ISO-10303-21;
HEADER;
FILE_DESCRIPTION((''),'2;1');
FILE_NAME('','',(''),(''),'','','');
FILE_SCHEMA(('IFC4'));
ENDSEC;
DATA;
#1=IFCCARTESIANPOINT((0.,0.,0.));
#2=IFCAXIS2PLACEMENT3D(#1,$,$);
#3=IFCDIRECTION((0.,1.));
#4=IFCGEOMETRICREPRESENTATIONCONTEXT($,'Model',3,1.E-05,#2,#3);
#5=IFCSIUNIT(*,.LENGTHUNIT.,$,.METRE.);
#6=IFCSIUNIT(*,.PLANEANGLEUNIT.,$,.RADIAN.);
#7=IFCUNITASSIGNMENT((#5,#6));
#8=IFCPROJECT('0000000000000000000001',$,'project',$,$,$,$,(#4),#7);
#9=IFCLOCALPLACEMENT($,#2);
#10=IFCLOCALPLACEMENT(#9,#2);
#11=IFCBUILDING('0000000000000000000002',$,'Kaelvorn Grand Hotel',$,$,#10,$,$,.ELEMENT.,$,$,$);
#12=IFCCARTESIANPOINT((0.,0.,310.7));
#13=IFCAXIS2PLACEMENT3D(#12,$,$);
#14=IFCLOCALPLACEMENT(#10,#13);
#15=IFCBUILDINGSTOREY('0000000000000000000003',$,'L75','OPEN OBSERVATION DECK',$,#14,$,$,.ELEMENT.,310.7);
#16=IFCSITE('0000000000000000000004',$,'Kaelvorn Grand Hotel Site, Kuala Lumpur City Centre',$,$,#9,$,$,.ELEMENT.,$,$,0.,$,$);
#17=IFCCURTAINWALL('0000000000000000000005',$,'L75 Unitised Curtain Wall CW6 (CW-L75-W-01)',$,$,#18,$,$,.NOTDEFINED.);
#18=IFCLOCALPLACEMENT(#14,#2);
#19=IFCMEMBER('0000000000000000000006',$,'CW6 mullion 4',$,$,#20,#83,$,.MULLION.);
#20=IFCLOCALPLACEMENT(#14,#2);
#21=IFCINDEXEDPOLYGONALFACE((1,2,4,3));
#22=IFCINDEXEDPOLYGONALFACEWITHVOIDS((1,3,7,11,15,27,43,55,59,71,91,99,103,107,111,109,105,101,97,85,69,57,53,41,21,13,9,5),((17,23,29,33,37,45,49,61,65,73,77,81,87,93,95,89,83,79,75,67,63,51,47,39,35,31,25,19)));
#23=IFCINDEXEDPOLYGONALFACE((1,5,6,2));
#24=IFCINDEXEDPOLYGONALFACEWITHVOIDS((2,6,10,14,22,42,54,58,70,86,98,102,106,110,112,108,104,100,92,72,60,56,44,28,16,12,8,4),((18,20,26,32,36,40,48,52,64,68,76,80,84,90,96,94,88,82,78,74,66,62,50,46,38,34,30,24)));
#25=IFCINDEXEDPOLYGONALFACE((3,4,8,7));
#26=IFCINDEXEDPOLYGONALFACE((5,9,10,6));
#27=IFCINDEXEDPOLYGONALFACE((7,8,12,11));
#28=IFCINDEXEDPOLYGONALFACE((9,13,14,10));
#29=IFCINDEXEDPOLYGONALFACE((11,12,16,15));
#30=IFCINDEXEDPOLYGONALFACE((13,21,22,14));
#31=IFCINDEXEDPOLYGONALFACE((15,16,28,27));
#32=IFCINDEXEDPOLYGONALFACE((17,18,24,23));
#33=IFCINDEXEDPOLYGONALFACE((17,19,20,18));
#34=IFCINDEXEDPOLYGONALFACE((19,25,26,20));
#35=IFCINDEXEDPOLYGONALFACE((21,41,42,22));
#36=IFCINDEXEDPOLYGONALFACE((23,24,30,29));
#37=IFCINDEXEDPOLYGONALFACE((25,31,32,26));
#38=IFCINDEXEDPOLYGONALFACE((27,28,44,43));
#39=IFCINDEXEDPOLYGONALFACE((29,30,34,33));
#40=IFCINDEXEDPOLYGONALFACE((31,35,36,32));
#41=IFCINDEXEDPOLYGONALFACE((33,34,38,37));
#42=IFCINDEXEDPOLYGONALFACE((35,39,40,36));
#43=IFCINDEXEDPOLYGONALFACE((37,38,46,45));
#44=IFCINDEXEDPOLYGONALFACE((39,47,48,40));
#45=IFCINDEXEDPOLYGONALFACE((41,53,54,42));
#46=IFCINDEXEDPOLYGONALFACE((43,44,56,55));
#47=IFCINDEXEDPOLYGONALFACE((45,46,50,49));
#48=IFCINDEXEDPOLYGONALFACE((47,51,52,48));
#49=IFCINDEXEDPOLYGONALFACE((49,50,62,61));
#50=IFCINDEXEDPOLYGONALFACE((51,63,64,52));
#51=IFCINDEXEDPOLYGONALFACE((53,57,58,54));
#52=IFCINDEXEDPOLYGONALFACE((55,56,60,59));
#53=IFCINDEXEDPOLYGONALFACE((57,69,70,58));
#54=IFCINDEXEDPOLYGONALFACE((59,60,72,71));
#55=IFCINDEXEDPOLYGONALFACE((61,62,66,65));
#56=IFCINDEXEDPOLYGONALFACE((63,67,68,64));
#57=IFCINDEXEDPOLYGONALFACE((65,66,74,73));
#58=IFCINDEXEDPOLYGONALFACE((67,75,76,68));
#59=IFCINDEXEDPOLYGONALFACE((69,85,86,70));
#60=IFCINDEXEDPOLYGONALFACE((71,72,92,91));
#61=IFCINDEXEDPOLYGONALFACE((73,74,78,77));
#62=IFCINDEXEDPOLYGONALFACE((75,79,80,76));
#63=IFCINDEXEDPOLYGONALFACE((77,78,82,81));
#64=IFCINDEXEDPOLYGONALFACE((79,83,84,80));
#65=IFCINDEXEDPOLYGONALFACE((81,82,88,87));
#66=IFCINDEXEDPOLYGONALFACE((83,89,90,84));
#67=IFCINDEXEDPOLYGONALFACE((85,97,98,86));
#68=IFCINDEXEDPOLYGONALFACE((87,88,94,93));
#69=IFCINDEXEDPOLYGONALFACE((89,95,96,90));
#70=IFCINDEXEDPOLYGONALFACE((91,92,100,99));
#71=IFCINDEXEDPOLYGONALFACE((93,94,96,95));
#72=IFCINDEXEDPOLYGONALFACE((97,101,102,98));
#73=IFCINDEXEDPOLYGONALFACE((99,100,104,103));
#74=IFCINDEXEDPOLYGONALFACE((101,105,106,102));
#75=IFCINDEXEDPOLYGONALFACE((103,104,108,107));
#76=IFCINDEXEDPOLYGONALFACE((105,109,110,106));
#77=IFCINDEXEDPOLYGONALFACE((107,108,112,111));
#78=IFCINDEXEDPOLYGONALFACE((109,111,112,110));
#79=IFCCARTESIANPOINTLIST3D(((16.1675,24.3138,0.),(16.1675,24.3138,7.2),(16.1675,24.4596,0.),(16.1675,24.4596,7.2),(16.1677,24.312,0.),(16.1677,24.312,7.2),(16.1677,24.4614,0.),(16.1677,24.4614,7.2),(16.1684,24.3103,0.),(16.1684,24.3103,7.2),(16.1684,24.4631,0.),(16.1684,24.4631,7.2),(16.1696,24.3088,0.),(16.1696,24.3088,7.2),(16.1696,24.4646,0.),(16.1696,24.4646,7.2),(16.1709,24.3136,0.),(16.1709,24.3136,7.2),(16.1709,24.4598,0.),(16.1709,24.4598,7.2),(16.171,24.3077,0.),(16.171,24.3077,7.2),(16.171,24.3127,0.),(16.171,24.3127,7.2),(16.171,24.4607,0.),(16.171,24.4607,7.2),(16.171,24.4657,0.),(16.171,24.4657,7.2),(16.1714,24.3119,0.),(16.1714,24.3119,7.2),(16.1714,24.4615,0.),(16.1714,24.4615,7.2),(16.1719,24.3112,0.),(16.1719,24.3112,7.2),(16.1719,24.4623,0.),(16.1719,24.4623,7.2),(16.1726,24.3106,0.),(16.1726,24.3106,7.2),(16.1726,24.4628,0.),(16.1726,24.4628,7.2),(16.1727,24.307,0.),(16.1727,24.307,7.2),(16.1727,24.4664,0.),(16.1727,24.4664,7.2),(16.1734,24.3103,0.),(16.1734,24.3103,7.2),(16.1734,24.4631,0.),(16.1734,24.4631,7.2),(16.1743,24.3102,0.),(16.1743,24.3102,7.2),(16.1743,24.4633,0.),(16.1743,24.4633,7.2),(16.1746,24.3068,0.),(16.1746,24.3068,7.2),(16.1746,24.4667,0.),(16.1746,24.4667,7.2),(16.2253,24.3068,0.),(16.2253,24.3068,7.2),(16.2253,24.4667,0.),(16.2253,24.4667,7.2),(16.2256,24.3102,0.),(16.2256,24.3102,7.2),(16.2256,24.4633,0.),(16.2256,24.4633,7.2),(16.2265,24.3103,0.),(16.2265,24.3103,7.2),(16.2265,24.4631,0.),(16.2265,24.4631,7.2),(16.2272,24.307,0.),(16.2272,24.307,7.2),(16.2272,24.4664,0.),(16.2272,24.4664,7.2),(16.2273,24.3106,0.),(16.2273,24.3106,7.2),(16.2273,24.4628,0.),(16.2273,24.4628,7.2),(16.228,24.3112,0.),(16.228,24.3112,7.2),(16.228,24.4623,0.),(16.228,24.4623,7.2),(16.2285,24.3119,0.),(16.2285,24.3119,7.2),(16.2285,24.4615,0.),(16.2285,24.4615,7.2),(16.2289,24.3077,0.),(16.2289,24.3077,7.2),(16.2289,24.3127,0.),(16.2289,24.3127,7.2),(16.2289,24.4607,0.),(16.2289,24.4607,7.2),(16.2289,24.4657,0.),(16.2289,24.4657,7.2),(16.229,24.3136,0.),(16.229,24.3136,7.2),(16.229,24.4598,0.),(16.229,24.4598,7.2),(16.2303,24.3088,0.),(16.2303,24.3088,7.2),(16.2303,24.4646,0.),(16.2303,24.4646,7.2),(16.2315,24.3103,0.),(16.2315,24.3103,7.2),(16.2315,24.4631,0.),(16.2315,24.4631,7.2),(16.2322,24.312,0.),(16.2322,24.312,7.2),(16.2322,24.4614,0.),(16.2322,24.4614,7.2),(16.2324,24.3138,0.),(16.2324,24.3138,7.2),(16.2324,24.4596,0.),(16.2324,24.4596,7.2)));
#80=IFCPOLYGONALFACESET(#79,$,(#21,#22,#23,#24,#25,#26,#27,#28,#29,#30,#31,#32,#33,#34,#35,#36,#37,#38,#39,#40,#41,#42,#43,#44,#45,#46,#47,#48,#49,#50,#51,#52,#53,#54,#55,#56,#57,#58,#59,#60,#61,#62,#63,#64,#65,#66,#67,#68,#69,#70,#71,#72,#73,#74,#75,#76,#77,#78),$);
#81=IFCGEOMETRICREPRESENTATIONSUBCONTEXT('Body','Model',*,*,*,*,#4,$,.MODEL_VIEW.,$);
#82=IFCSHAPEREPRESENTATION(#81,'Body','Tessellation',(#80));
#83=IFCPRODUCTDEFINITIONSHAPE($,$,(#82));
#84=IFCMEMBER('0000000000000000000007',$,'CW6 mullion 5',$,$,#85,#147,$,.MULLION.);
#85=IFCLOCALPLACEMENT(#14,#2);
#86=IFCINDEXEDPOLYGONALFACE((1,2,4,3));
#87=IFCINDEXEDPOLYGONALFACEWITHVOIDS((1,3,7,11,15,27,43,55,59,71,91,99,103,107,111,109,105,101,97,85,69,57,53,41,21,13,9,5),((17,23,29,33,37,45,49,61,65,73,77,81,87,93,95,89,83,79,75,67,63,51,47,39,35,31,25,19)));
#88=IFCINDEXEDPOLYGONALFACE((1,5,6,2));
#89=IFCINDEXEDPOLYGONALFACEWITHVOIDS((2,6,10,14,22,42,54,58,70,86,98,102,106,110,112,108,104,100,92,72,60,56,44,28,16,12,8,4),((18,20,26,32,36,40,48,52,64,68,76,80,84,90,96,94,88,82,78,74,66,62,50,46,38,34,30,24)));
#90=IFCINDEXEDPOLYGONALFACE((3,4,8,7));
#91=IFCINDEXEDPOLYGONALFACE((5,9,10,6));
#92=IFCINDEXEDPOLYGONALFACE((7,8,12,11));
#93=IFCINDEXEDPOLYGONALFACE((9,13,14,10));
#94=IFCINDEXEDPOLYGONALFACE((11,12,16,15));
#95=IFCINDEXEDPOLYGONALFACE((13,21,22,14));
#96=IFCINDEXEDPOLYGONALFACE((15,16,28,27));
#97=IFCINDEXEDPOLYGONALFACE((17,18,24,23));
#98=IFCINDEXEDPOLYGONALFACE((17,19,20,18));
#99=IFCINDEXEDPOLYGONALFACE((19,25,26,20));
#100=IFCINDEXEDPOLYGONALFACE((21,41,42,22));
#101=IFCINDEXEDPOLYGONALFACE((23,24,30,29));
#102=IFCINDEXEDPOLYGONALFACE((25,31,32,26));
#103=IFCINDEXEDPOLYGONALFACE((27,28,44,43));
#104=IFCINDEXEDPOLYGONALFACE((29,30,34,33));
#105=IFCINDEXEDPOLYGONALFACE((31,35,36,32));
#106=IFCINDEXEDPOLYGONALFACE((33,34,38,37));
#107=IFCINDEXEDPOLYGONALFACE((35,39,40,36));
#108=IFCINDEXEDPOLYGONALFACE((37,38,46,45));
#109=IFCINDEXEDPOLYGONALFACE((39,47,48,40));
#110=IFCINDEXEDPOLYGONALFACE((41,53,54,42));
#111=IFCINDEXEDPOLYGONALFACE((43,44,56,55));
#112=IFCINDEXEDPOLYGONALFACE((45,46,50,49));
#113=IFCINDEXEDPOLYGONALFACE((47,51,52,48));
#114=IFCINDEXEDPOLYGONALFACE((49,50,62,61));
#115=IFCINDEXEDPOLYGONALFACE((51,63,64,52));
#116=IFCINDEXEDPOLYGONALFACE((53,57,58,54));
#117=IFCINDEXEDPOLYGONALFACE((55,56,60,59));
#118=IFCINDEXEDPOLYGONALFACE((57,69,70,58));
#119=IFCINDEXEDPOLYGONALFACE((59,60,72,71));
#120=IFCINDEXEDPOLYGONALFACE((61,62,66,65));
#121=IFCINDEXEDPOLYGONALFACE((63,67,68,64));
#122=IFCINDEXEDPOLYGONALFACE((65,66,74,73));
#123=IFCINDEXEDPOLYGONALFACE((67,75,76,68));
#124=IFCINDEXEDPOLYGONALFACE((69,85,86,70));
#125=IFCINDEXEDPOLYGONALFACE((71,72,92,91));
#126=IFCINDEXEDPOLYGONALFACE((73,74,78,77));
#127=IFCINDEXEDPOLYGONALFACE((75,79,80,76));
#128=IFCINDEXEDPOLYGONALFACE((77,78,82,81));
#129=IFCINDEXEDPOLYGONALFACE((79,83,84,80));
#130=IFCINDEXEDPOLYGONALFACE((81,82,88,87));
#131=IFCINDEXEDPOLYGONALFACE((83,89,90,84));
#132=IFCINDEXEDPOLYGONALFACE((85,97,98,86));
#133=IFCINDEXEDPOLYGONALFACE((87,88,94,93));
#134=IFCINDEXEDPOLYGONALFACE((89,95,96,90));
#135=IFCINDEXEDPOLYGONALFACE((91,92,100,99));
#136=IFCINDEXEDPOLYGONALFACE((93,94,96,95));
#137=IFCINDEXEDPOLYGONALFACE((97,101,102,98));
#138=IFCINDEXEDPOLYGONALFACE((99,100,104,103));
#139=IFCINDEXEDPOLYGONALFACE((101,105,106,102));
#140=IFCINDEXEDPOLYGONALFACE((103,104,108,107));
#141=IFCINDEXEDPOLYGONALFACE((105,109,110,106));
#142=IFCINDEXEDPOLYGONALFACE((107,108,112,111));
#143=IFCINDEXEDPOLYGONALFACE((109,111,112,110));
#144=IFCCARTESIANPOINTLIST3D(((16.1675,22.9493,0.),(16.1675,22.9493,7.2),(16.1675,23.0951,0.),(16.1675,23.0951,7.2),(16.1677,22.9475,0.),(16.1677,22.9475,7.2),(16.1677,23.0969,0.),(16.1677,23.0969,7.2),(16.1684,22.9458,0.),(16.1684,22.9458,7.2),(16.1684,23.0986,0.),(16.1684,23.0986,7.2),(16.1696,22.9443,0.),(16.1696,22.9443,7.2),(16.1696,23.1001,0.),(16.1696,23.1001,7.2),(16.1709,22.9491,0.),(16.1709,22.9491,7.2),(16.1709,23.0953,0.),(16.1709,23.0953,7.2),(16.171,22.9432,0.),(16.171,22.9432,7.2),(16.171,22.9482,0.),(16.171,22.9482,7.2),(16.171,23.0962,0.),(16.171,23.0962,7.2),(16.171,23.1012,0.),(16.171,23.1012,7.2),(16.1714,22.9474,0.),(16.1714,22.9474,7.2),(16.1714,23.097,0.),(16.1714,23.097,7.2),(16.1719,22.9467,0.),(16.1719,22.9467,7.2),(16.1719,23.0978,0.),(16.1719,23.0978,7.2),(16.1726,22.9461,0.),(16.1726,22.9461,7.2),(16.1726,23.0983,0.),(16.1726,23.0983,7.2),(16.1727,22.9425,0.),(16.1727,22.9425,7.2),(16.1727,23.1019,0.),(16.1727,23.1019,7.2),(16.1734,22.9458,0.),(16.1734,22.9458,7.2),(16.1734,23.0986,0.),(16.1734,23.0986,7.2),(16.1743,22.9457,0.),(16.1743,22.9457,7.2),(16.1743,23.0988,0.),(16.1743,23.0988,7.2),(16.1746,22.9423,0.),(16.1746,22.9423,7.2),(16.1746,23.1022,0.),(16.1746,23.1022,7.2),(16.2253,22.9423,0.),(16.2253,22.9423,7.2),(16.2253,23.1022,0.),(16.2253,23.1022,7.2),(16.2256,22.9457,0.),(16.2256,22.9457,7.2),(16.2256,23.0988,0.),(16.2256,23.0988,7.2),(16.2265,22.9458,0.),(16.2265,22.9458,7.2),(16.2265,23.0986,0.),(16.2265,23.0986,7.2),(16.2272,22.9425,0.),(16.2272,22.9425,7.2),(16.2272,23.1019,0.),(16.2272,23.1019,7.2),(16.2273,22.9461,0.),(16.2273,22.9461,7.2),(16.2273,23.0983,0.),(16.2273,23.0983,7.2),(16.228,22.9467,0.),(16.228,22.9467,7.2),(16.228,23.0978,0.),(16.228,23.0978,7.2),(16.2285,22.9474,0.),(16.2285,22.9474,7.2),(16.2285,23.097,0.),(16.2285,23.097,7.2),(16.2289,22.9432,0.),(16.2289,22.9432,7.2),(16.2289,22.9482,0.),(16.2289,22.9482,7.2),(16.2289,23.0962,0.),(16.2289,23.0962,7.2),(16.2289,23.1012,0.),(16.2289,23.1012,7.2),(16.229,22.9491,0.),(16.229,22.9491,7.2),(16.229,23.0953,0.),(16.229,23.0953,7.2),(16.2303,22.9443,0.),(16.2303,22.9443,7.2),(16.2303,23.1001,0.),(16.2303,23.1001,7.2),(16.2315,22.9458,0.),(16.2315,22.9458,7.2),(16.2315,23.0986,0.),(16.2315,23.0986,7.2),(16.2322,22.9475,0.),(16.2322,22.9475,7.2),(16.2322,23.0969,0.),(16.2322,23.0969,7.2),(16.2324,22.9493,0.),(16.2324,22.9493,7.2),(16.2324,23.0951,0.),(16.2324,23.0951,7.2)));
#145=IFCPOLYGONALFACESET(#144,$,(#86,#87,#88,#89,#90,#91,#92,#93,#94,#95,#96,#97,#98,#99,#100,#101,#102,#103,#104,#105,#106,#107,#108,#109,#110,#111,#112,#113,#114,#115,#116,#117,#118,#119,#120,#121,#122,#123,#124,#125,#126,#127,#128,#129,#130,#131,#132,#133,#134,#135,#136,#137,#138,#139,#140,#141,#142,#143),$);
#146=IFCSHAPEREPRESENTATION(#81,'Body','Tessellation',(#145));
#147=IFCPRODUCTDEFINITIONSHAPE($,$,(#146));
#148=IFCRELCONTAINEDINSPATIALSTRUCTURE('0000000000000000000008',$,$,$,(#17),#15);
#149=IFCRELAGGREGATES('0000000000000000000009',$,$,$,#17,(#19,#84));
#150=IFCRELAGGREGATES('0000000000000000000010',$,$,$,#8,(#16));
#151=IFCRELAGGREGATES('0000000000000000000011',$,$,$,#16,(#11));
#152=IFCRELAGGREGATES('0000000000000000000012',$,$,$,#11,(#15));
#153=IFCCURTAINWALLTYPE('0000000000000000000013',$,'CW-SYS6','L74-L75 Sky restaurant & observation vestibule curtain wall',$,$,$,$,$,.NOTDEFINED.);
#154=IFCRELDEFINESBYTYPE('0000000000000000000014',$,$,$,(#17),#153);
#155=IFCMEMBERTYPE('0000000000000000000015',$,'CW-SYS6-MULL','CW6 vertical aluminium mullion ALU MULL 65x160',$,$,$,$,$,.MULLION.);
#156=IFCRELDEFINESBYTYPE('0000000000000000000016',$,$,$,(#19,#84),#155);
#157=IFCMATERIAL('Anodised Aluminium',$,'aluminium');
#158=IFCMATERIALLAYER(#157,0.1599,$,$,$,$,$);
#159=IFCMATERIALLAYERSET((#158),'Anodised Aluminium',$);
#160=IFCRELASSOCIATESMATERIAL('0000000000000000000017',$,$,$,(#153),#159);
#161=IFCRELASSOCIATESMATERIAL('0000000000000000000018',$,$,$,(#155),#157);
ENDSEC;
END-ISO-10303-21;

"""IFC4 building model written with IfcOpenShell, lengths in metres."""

from ifc_helpers import new_model, si_unit, direction, frame, origin, origin_2d, place, context, subcontext, project, spatial, hollow_rectangle, extrude, material, layer, layer_set, material_profile, profile_set, type_object, element, aggregate, save


model = new_model("IFC4")

# Units and contexts
model_context = context("Model", 3, precision=1e-05, world=origin(), true_north=direction((0.0, 1.0)))
body_context = subcontext(model_context, "Body", "Model", "MODEL_VIEW")
ifc_project = project(units=[si_unit("LENGTHUNIT", "METRE"), si_unit("PLANEANGLEUNIT", "RADIAN")], contexts=[model_context])

# Site, building, storey
site_placement = place(None, origin())
site = spatial("IfcSite", under=ifc_project, at=site_placement, Name="Kaelvorn Grand Hotel Site, Kuala Lumpur City Centre", CompositionType="ELEMENT", RefElevation=0.0)
building_placement = place(site_placement, origin())
building = spatial("IfcBuilding", under=site, at=building_placement, Name="Kaelvorn Grand Hotel", CompositionType="ELEMENT")
storey_placement = place(building_placement, frame((0.0, 0.0, 310.7)))
storey = spatial("IfcBuildingStorey", under=building, at=storey_placement, Name="L75", Description="OPEN OBSERVATION DECK", CompositionType="ELEMENT", Elevation=310.7)

# Curtain wall, members
ifc_material_1 = material(Name="Anodised Aluminium", Category="aluminium")
ifc_layer_1 = layer(ifc_material_1, 0.1599)
ifc_layer_set_1 = layer_set([ifc_layer_1], Name="Anodised Aluminium")
curtain_wall_type = type_object("IfcCurtainWallType", Name="CW-SYS6", Description="L74-L75 Sky restaurant & observation vestibule curtain wall", PredefinedType="NOTDEFINED", material=ifc_layer_set_1)
curtain_wall_placement = place(storey_placement, origin())
curtain_wall = element("IfcCurtainWall", 1, at=curtain_wall_placement, inside=storey, type_object=curtain_wall_type, Name="L75 Unitised Curtain Wall CW6 (CW-L75-W-01)", PredefinedType="NOTDEFINED")
ifc_material_profile_1 = material_profile(ifc_material_1, hollow_rectangle(XDim=0.0649, YDim=0.1599, WallThickness=0.0034, InnerFilletRadius=0.0034, OuterFilletRadius=0.0071, at=origin_2d()), Name="ALU MULL 65x160")
ifc_profile_set_1 = profile_set([ifc_material_profile_1], Name="Anodised Aluminium")
member_type_1 = type_object("IfcMemberType", Name="CW-SYS6-MULL", Description="CW6 vertical aluminium mullion ALU MULL 65x160", PredefinedType="MULLION", material=ifc_profile_set_1)
member_1_placement = place(storey_placement, frame((16.2, 24.3867, 0.0), z_axis=(0.0, 0.0, 1.0), x_axis=(1.0, 0.0, 0.0)))
member_1 = element("IfcMember", 2, at=member_1_placement, type_object=member_type_1, Name="CW6 mullion 4", PredefinedType="MULLION", context=body_context, shape_type="SweptSolid", body=[
    extrude(hollow_rectangle(XDim=0.0649, YDim=0.1599, WallThickness=0.0034, InnerFilletRadius=0.0034, OuterFilletRadius=0.0071, at=origin_2d()), origin(), (0.0, 0.0, 1.0), 7.2),
])
member_2_placement = place(storey_placement, frame((16.2, 23.0222, 0.0), z_axis=(0.0, 0.0, 1.0), x_axis=(1.0, 0.0, 0.0)))
member_2 = element("IfcMember", 3, at=member_2_placement, type_object=member_type_1, Name="CW6 mullion 5", PredefinedType="MULLION", context=body_context, shape_type="SweptSolid", body=[
    extrude(hollow_rectangle(XDim=0.0649, YDim=0.1599, WallThickness=0.0034, InnerFilletRadius=0.0034, OuterFilletRadius=0.0071, at=origin_2d()), origin(), (0.0, 0.0, 1.0), 7.2),
])
aggregate(curtain_wall, [member_1, member_2])

save(model, "model.ifc")
